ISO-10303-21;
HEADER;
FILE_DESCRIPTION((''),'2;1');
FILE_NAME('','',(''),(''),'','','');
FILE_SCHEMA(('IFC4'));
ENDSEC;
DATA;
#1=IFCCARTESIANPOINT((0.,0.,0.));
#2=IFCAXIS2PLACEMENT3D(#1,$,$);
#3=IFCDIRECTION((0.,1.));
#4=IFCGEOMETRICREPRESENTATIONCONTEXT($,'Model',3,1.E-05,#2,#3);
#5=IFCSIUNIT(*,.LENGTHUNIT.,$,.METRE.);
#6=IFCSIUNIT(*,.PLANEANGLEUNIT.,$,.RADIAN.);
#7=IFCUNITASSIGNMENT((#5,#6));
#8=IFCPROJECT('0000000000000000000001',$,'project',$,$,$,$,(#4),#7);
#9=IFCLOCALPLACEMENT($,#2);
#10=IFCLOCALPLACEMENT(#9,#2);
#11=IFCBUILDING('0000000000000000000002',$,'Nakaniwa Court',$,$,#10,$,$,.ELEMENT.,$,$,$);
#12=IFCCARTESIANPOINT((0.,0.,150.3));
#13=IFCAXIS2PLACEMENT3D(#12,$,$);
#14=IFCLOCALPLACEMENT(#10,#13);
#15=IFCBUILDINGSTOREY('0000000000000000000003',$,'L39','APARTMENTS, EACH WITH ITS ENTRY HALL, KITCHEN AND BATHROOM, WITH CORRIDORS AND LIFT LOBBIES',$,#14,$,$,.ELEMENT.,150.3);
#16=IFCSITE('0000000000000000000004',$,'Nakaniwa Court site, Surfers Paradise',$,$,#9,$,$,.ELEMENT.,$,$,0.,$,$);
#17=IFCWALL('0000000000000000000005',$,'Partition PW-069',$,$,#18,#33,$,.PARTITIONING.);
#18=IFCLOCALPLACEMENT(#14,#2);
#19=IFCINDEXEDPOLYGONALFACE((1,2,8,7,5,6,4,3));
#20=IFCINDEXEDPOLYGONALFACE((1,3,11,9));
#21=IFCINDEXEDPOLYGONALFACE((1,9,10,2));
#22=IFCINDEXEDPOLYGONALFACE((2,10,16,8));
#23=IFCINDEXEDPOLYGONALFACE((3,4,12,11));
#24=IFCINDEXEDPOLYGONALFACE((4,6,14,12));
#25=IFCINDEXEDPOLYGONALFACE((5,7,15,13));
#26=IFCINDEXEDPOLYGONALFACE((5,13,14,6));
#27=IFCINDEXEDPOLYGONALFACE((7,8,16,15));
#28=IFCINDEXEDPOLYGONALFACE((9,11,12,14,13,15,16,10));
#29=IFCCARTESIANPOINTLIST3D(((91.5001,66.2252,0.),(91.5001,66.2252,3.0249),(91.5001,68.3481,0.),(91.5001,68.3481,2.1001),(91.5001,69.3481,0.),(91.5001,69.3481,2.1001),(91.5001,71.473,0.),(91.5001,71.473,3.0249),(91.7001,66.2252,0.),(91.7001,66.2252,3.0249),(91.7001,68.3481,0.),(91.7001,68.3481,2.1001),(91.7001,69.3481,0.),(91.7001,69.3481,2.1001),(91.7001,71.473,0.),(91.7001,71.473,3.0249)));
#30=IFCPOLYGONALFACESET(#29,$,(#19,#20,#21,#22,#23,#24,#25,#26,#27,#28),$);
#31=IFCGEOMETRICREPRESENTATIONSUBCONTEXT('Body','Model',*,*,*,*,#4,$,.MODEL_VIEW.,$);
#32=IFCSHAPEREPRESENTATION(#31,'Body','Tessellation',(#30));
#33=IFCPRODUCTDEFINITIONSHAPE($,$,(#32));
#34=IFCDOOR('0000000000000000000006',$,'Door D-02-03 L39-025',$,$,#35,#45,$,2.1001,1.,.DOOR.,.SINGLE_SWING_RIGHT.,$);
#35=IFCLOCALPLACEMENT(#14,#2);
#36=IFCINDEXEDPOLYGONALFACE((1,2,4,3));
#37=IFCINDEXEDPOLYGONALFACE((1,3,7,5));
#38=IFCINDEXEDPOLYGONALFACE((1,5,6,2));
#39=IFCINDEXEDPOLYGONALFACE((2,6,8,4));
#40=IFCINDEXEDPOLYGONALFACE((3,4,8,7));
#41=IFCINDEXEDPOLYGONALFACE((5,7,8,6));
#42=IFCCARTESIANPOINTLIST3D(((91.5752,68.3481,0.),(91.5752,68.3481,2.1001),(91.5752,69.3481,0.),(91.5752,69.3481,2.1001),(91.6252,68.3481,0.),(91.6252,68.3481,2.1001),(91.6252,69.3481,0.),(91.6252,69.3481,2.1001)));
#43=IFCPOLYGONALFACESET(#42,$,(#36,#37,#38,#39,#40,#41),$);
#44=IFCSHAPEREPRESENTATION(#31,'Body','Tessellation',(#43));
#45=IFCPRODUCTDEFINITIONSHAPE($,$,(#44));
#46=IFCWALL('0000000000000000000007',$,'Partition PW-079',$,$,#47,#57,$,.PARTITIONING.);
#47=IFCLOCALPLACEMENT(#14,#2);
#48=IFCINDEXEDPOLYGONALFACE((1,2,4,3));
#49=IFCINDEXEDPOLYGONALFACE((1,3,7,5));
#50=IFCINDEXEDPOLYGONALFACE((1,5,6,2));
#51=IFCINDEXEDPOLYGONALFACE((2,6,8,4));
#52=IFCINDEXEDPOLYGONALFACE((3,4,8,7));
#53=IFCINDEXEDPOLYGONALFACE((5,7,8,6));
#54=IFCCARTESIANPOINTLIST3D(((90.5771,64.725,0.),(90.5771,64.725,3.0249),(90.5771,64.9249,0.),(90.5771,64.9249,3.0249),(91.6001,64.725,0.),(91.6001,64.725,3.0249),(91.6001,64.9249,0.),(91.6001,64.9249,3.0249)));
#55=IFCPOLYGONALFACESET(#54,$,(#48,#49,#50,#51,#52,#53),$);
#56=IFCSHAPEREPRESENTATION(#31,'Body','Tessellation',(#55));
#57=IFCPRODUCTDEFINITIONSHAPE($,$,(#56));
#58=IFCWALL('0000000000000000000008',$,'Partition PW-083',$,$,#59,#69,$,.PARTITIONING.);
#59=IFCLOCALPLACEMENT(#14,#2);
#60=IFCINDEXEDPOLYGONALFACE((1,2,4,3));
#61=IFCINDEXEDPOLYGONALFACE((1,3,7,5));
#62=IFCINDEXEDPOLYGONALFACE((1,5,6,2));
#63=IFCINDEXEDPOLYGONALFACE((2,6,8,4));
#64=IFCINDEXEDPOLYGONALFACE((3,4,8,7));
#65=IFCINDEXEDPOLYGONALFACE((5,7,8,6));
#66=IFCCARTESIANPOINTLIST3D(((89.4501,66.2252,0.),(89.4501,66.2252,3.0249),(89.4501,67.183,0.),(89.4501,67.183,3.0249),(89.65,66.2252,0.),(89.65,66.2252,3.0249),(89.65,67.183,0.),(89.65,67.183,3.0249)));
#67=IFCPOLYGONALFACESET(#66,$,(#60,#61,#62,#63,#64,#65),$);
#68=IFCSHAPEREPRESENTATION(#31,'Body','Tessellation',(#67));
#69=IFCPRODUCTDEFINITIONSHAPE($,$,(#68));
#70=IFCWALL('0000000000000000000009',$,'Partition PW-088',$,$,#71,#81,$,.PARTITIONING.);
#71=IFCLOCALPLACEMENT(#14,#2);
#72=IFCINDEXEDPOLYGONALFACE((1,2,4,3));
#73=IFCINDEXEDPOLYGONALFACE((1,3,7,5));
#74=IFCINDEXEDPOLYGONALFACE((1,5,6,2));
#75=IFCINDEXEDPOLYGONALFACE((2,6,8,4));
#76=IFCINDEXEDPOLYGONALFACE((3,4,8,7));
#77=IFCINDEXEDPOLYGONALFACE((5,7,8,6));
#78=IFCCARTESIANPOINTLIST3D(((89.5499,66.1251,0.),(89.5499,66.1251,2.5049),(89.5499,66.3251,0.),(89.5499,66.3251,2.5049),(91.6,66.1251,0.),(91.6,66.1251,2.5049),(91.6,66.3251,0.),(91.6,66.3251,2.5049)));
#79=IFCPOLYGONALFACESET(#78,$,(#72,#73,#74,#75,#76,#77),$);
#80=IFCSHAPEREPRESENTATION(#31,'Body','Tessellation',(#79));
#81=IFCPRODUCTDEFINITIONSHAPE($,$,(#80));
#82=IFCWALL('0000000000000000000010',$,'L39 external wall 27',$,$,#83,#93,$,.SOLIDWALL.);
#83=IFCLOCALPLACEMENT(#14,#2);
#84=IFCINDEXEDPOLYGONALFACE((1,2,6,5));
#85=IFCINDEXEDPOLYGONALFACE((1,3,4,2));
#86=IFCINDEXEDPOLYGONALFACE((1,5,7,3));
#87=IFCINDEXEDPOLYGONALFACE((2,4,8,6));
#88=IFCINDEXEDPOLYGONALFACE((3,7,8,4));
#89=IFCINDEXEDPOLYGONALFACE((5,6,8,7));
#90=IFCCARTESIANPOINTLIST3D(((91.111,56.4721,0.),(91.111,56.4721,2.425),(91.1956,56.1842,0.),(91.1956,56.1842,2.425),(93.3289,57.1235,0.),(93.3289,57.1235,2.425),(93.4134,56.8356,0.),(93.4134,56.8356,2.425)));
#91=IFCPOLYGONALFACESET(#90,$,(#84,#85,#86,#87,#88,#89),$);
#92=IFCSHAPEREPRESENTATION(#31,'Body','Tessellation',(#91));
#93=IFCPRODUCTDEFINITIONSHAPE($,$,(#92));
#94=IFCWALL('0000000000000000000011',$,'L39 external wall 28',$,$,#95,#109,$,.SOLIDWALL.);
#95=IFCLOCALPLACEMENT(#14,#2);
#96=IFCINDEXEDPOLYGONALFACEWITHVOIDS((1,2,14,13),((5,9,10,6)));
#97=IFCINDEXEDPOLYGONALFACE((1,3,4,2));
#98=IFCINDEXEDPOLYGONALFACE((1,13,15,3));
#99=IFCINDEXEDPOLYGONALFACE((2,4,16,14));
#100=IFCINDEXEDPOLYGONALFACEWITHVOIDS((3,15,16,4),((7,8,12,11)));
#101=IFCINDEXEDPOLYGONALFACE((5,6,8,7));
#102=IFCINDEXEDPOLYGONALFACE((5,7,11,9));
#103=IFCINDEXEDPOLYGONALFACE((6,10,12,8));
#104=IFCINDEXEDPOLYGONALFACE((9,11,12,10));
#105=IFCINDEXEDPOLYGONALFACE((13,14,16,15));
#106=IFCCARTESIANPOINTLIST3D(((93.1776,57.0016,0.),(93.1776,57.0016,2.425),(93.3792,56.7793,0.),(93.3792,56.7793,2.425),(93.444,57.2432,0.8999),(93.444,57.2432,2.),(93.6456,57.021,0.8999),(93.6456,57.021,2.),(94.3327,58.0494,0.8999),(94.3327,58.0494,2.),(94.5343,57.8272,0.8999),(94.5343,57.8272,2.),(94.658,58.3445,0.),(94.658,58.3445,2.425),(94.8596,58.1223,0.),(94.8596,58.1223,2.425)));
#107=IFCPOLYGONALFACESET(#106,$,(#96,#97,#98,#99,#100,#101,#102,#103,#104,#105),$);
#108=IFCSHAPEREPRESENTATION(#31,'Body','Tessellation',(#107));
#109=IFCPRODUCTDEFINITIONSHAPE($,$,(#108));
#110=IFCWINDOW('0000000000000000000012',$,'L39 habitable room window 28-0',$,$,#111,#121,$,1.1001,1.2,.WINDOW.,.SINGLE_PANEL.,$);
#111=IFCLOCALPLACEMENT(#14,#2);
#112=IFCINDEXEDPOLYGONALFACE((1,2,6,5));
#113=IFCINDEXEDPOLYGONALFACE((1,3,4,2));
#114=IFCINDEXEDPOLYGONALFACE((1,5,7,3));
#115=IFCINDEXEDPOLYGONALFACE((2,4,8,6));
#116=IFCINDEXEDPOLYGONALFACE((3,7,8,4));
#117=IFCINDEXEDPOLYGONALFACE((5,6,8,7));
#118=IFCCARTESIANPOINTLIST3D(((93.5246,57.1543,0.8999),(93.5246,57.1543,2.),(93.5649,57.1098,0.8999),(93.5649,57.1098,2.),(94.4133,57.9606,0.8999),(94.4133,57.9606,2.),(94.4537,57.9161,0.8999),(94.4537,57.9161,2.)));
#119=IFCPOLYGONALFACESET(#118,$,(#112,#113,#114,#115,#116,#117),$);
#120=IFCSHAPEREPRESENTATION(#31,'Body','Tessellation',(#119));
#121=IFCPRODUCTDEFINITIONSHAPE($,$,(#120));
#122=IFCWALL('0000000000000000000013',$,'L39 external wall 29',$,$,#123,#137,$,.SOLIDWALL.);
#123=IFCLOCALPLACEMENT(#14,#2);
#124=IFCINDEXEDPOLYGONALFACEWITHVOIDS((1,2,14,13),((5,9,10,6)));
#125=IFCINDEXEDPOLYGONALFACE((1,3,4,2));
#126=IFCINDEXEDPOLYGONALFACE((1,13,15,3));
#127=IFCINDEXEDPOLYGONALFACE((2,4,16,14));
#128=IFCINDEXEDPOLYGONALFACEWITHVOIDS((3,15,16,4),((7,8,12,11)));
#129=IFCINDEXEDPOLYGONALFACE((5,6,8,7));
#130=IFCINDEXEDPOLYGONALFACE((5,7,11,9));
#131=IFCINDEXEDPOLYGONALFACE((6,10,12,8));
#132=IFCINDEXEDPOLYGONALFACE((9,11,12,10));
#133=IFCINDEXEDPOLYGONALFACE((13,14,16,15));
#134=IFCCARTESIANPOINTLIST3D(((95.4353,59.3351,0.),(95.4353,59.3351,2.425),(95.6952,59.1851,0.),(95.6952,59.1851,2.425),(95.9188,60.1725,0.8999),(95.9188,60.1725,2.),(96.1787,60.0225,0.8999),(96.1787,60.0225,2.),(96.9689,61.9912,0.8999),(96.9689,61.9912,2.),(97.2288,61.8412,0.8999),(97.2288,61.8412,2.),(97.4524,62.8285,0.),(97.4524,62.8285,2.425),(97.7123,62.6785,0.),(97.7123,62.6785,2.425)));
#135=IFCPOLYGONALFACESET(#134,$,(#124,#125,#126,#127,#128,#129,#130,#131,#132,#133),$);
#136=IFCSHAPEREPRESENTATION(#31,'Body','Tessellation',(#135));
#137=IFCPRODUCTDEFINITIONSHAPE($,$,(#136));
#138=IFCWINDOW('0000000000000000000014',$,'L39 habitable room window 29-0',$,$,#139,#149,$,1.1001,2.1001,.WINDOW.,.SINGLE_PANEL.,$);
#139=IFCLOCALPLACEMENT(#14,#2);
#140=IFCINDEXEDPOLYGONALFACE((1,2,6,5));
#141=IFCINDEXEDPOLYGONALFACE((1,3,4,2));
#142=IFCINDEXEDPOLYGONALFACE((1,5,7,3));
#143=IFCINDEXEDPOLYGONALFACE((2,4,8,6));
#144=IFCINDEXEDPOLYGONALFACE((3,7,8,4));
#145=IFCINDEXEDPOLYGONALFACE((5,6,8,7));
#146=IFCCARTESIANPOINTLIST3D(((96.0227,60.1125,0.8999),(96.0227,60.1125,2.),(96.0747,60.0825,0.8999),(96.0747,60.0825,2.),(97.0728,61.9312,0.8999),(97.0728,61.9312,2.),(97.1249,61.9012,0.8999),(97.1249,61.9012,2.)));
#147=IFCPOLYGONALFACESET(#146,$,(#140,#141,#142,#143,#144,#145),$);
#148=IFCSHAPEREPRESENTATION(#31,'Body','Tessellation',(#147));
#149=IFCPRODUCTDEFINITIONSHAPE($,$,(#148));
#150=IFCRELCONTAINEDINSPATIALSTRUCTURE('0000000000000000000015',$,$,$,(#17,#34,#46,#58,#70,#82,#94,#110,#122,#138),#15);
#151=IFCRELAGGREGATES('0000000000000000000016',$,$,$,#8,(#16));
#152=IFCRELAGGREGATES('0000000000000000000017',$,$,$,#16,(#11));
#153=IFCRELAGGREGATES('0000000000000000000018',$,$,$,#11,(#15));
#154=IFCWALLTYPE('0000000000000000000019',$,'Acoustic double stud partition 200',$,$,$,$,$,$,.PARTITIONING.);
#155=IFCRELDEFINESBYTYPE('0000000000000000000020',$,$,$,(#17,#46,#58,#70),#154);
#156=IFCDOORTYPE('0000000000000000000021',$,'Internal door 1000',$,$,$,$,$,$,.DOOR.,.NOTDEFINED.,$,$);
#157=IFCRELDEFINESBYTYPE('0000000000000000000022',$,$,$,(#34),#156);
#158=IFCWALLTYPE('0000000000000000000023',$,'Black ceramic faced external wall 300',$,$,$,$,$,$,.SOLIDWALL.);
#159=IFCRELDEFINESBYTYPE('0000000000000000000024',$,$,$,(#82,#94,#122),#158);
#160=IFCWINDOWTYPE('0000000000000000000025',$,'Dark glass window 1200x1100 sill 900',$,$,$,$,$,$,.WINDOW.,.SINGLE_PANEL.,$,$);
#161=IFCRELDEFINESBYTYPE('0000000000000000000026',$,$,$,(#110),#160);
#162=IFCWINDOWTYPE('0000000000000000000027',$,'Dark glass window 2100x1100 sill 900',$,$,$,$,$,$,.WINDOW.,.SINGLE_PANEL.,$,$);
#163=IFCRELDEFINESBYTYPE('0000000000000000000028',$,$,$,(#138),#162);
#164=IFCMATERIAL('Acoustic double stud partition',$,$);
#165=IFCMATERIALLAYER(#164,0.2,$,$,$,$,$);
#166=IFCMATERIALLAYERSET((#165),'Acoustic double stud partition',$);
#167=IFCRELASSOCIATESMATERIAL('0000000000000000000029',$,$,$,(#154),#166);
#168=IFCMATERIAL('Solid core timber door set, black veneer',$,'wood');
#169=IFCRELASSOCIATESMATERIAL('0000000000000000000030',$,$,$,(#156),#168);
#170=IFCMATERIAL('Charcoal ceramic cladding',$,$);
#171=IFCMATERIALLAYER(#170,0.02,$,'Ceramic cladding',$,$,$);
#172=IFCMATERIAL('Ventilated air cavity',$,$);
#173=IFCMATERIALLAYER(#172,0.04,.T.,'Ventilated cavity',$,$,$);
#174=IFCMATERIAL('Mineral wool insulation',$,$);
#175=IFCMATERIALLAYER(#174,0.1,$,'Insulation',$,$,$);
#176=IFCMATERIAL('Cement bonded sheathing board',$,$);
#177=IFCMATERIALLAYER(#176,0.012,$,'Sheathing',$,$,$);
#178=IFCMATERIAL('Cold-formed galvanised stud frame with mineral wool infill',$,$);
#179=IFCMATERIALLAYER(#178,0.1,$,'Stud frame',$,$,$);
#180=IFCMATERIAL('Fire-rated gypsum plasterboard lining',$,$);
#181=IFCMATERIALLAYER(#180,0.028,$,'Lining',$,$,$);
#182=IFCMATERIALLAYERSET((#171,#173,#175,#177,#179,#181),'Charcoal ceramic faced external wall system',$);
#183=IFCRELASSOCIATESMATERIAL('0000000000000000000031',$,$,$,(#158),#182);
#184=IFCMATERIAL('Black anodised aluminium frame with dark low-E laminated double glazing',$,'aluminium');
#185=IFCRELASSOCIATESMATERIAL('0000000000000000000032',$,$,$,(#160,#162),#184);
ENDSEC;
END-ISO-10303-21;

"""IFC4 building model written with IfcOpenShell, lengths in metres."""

from ifc_helpers import new_model, si_unit, direction, frame, frame_2d, origin, place, context, subcontext, project, spatial, rectangle, extrude, material, layer, layer_set, type_object, element, fill, save


model = new_model("IFC4")

# Units and contexts
model_context = context("Model", 3, precision=1e-05, world=origin(), true_north=direction((0.0, 1.0)))
body_context = subcontext(model_context, "Body", "Model", "MODEL_VIEW")
ifc_project = project(units=[si_unit("LENGTHUNIT", "METRE"), si_unit("PLANEANGLEUNIT", "RADIAN")], contexts=[model_context])

# Site, building, storey
site_placement = place(None, origin())
site = spatial("IfcSite", under=ifc_project, at=site_placement, Name="Nakaniwa Court site, Surfers Paradise", CompositionType="ELEMENT", RefElevation=0.0)
building_placement = place(site_placement, origin())
building = spatial("IfcBuilding", under=site, at=building_placement, Name="Nakaniwa Court", CompositionType="ELEMENT")
storey_placement = place(building_placement, frame((0.0, 0.0, 150.3)))
storey = spatial("IfcBuildingStorey", under=building, at=storey_placement, Name="L39", Description="APARTMENTS, EACH WITH ITS ENTRY HALL, KITCHEN AND BATHROOM, WITH CORRIDORS AND LIFT LOBBIES", CompositionType="ELEMENT", Elevation=150.3)

# Shared definitions
ifc_material_1 = material(Name="Acoustic double stud partition")
ifc_layer_1 = layer(ifc_material_1, 0.2)
ifc_layer_set_1 = layer_set([ifc_layer_1], Name="Acoustic double stud partition")
wall_type_1 = type_object("IfcWallType", Name="Acoustic double stud partition 200", PredefinedType="PARTITIONING", material=ifc_layer_set_1)

# Wall, opening, door
ifc_material_2 = material(Name="Solid core timber door set, black veneer", Category="wood")
door_type = type_object("IfcDoorType", Name="Internal door 1000", OperationType="NOTDEFINED", PredefinedType="DOOR", material=ifc_material_2)
wall_1_placement = place(storey_placement, frame((91.6001, 66.2251, 0.0), z_axis=(0.0, 0.0, 1.0), x_axis=(0.0, 1.0, 0.0)))
wall_1 = element("IfcWall", 1, at=wall_1_placement, inside=storey, type_object=wall_type_1, Name="Partition PW-069", PredefinedType="PARTITIONING", context=body_context, shape_type="SweptSolid", body=[
    extrude(rectangle(XDim=5.2478, YDim=0.2, at=frame_2d((2.624, 0.0))), origin(), (0.0, 0.0, 1.0), 3.0249),
])
opening_1_placement = place(wall_1_placement, frame((2.123, 0.0, 0.0)))
opening_1 = element("IfcOpeningElement", 2, at=opening_1_placement, cuts=wall_1, PredefinedType="OPENING", context=body_context, shape_type="SweptSolid", body=[
    extrude(rectangle(XDim=1.0, YDim=2.1001, at=frame_2d((0.5, 1.05))), frame((0.0, 0.1099, 0.0), z_axis=(0.0, -1.0, 0.0), x_axis=(1.0, 0.0, 0.0)), (0.0, 0.0, 1.0), 0.22),
])
door_1_placement = place(opening_1_placement, origin())
door_1 = element("IfcDoor", 3, at=door_1_placement, inside=storey, type_object=door_type, Name="Door D-02-03 L39-025", OperationType="SINGLE_SWING_RIGHT", OverallHeight=2.1001, OverallWidth=1.0, PredefinedType="DOOR", context=body_context, shape_type="SweptSolid", body=[
    extrude(rectangle(XDim=1.0, YDim=2.1001, at=frame_2d((0.5, 1.05))), frame((0.0, 0.0249, 0.0), z_axis=(0.0, -1.0, 0.0), x_axis=(1.0, 0.0, 0.0)), (0.0, 0.0, 1.0), 0.05),
])
fill(opening_1, door_1)

# Walls
wall_2_placement = place(storey_placement, frame((90.5771, 64.825, 0.0), z_axis=(0.0, 0.0, 1.0), x_axis=(1.0, 0.0, 0.0)))
element("IfcWall", 4, at=wall_2_placement, inside=storey, type_object=wall_type_1, Name="Partition PW-079", PredefinedType="PARTITIONING", context=body_context, shape_type="SweptSolid", body=[
    extrude(rectangle(XDim=1.0229, YDim=0.2, at=frame_2d((0.5115, 0.0))), origin(), (0.0, 0.0, 1.0), 3.0249),
])
wall_3_placement = place(storey_placement, frame((89.55, 66.2251, 0.0), z_axis=(0.0, 0.0, 1.0), x_axis=(0.0, 1.0, 0.0)))
element("IfcWall", 5, at=wall_3_placement, inside=storey, type_object=wall_type_1, Name="Partition PW-083", PredefinedType="PARTITIONING", context=body_context, shape_type="SweptSolid", body=[
    extrude(rectangle(XDim=0.9578, YDim=0.2, at=frame_2d((0.479, 0.0))), origin(), (0.0, 0.0, 1.0), 3.0249),
])
wall_4_placement = place(storey_placement, frame((89.55, 66.2251, 0.0), z_axis=(0.0, 0.0, 1.0), x_axis=(1.0, 0.0, 0.0)))
element("IfcWall", 6, at=wall_4_placement, inside=storey, type_object=wall_type_1, Name="Partition PW-088", PredefinedType="PARTITIONING", context=body_context, shape_type="SweptSolid", body=[
    extrude(rectangle(XDim=2.05, YDim=0.2, at=frame_2d((1.0249, 0.0))), origin(), (0.0, 0.0, 1.0), 2.5049),
])
ifc_material_3 = material(Name="Charcoal ceramic cladding")
ifc_layer_2 = layer(ifc_material_3, 0.02, Name="Ceramic cladding")
ifc_material_4 = material(Name="Ventilated air cavity")
ifc_layer_3 = layer(ifc_material_4, 0.04, ventilated=True, Name="Ventilated cavity")
ifc_material_5 = material(Name="Mineral wool insulation")
ifc_layer_4 = layer(ifc_material_5, 0.1, Name="Insulation")
ifc_material_6 = material(Name="Cement bonded sheathing board")
ifc_layer_5 = layer(ifc_material_6, 0.012, Name="Sheathing")
ifc_material_7 = material(Name="Cold-formed galvanised stud frame with mineral wool infill")
ifc_layer_6 = layer(ifc_material_7, 0.1, Name="Stud frame")
ifc_material_8 = material(Name="Fire-rated gypsum plasterboard lining")
ifc_layer_7 = layer(ifc_material_8, 0.028, Name="Lining")
ifc_layer_set_2 = layer_set([ifc_layer_2, ifc_layer_3, ifc_layer_4, ifc_layer_5, ifc_layer_6, ifc_layer_7], Name="Charcoal ceramic faced external wall system")
wall_type_2 = type_object("IfcWallType", Name="Black ceramic faced external wall 300", PredefinedType="SOLIDWALL", material=ifc_layer_set_2)
wall_5_placement = place(storey_placement, frame((91.1533, 56.3281, 0.0), z_axis=(0.0, 0.0, 1.0), x_axis=(0.959473, 0.2818, 0.0)))
element("IfcWall", 7, at=wall_5_placement, inside=storey, type_object=wall_type_2, Name="L39 external wall 27", PredefinedType="SOLIDWALL", context=body_context, shape_type="SweptSolid", body=[
    extrude(rectangle(XDim=2.3115, YDim=0.3, at=frame_2d((1.1558, 0.0))), origin(), (0.0, 0.0, 1.0), 2.425),
])

# Walls, openings, windows
wall_6_placement = place(storey_placement, frame((93.2783, 56.8904, 0.0), z_axis=(0.0, 0.0, 1.0), x_axis=(0.740653, 0.671888, 0.0)))
wall_6 = element("IfcWall", 8, at=wall_6_placement, inside=storey, type_object=wall_type_2, Name="L39 external wall 28", PredefinedType="SOLIDWALL", context=body_context, shape_type="SweptSolid", body=[
    extrude(rectangle(XDim=1.9988, YDim=0.3, at=frame_2d((0.9995, 0.0))), origin(), (0.0, 0.0, 1.0), 2.425),
])
opening_2_placement = place(wall_6_placement, frame((0.3596, 0.0, 0.8999)))
opening_2 = element("IfcOpeningElement", 9, at=opening_2_placement, cuts=wall_6, PredefinedType="OPENING", context=body_context, shape_type="SweptSolid", body=[
    extrude(rectangle(XDim=1.2, YDim=1.1001, at=frame_2d((0.6001, 0.55))), frame((0.0, 0.1599, 0.0), z_axis=(0.0, -1.0, 0.0), x_axis=(1.0, 0.0, 0.0)), (0.0, 0.0, 1.0), 0.3201),
])
ifc_material_9 = material(Name="Black anodised aluminium frame with dark low-E laminated double glazing", Category="aluminium")
window_type_1 = type_object("IfcWindowType", Name="Dark glass window 1200x1100 sill 900", PartitioningType="SINGLE_PANEL", PredefinedType="WINDOW", material=ifc_material_9)
window_1_placement = place(opening_2_placement, origin())
window_1 = element("IfcWindow", 10, at=window_1_placement, inside=storey, type_object=window_type_1, Name="L39 habitable room window 28-0", OverallHeight=1.1001, OverallWidth=1.2, PartitioningType="SINGLE_PANEL", PredefinedType="WINDOW", context=body_context, shape_type="SweptSolid", body=[
    extrude(rectangle(XDim=1.2, YDim=1.1001, at=frame_2d((0.6001, 0.55))), frame((0.0, 0.03, 0.0), z_axis=(0.0, -1.0, 0.0), x_axis=(1.0, 0.0, 0.0)), (0.0, 0.0, 1.0), 0.0601),
])
fill(opening_2, window_1)
wall_7_placement = place(storey_placement, frame((95.5652, 59.26, 0.0), z_axis=(0.0, 0.0, 1.0), x_axis=(0.500032, 0.866007, 0.0)))
wall_7 = element("IfcWall", 11, at=wall_7_placement, inside=storey, type_object=wall_type_2, Name="L39 external wall 29", PredefinedType="SOLIDWALL", context=body_context, shape_type="SweptSolid", body=[
    extrude(rectangle(XDim=4.0339, YDim=0.3, at=frame_2d((2.0171, 0.0))), origin(), (0.0, 0.0, 1.0), 2.425),
])
opening_3_placement = place(wall_7_placement, frame((0.967, 0.0, 0.8999)))
opening_3 = element("IfcOpeningElement", 12, at=opening_3_placement, cuts=wall_7, PredefinedType="OPENING", context=body_context, shape_type="SweptSolid", body=[
    extrude(rectangle(XDim=2.1001, YDim=1.1001, at=frame_2d((1.05, 0.55))), frame((0.0, 0.1599, 0.0), z_axis=(0.0, -1.0, 0.0), x_axis=(1.0, 0.0, 0.0)), (0.0, 0.0, 1.0), 0.3201),
])
window_type_2 = type_object("IfcWindowType", Name="Dark glass window 2100x1100 sill 900", PartitioningType="SINGLE_PANEL", PredefinedType="WINDOW", material=ifc_material_9)
window_2_placement = place(opening_3_placement, origin())
window_2 = element("IfcWindow", 13, at=window_2_placement, inside=storey, type_object=window_type_2, Name="L39 habitable room window 29-0", OverallHeight=1.1001, OverallWidth=2.1001, PartitioningType="SINGLE_PANEL", PredefinedType="WINDOW", context=body_context, shape_type="SweptSolid", body=[
    extrude(rectangle(XDim=2.1001, YDim=1.1001, at=frame_2d((1.05, 0.55))), frame((0.0, 0.03, 0.0), z_axis=(0.0, -1.0, 0.0), x_axis=(1.0, 0.0, 0.0)), (0.0, 0.0, 1.0), 0.0601),
])
fill(opening_3, window_2)

save(model, "model.ifc")
